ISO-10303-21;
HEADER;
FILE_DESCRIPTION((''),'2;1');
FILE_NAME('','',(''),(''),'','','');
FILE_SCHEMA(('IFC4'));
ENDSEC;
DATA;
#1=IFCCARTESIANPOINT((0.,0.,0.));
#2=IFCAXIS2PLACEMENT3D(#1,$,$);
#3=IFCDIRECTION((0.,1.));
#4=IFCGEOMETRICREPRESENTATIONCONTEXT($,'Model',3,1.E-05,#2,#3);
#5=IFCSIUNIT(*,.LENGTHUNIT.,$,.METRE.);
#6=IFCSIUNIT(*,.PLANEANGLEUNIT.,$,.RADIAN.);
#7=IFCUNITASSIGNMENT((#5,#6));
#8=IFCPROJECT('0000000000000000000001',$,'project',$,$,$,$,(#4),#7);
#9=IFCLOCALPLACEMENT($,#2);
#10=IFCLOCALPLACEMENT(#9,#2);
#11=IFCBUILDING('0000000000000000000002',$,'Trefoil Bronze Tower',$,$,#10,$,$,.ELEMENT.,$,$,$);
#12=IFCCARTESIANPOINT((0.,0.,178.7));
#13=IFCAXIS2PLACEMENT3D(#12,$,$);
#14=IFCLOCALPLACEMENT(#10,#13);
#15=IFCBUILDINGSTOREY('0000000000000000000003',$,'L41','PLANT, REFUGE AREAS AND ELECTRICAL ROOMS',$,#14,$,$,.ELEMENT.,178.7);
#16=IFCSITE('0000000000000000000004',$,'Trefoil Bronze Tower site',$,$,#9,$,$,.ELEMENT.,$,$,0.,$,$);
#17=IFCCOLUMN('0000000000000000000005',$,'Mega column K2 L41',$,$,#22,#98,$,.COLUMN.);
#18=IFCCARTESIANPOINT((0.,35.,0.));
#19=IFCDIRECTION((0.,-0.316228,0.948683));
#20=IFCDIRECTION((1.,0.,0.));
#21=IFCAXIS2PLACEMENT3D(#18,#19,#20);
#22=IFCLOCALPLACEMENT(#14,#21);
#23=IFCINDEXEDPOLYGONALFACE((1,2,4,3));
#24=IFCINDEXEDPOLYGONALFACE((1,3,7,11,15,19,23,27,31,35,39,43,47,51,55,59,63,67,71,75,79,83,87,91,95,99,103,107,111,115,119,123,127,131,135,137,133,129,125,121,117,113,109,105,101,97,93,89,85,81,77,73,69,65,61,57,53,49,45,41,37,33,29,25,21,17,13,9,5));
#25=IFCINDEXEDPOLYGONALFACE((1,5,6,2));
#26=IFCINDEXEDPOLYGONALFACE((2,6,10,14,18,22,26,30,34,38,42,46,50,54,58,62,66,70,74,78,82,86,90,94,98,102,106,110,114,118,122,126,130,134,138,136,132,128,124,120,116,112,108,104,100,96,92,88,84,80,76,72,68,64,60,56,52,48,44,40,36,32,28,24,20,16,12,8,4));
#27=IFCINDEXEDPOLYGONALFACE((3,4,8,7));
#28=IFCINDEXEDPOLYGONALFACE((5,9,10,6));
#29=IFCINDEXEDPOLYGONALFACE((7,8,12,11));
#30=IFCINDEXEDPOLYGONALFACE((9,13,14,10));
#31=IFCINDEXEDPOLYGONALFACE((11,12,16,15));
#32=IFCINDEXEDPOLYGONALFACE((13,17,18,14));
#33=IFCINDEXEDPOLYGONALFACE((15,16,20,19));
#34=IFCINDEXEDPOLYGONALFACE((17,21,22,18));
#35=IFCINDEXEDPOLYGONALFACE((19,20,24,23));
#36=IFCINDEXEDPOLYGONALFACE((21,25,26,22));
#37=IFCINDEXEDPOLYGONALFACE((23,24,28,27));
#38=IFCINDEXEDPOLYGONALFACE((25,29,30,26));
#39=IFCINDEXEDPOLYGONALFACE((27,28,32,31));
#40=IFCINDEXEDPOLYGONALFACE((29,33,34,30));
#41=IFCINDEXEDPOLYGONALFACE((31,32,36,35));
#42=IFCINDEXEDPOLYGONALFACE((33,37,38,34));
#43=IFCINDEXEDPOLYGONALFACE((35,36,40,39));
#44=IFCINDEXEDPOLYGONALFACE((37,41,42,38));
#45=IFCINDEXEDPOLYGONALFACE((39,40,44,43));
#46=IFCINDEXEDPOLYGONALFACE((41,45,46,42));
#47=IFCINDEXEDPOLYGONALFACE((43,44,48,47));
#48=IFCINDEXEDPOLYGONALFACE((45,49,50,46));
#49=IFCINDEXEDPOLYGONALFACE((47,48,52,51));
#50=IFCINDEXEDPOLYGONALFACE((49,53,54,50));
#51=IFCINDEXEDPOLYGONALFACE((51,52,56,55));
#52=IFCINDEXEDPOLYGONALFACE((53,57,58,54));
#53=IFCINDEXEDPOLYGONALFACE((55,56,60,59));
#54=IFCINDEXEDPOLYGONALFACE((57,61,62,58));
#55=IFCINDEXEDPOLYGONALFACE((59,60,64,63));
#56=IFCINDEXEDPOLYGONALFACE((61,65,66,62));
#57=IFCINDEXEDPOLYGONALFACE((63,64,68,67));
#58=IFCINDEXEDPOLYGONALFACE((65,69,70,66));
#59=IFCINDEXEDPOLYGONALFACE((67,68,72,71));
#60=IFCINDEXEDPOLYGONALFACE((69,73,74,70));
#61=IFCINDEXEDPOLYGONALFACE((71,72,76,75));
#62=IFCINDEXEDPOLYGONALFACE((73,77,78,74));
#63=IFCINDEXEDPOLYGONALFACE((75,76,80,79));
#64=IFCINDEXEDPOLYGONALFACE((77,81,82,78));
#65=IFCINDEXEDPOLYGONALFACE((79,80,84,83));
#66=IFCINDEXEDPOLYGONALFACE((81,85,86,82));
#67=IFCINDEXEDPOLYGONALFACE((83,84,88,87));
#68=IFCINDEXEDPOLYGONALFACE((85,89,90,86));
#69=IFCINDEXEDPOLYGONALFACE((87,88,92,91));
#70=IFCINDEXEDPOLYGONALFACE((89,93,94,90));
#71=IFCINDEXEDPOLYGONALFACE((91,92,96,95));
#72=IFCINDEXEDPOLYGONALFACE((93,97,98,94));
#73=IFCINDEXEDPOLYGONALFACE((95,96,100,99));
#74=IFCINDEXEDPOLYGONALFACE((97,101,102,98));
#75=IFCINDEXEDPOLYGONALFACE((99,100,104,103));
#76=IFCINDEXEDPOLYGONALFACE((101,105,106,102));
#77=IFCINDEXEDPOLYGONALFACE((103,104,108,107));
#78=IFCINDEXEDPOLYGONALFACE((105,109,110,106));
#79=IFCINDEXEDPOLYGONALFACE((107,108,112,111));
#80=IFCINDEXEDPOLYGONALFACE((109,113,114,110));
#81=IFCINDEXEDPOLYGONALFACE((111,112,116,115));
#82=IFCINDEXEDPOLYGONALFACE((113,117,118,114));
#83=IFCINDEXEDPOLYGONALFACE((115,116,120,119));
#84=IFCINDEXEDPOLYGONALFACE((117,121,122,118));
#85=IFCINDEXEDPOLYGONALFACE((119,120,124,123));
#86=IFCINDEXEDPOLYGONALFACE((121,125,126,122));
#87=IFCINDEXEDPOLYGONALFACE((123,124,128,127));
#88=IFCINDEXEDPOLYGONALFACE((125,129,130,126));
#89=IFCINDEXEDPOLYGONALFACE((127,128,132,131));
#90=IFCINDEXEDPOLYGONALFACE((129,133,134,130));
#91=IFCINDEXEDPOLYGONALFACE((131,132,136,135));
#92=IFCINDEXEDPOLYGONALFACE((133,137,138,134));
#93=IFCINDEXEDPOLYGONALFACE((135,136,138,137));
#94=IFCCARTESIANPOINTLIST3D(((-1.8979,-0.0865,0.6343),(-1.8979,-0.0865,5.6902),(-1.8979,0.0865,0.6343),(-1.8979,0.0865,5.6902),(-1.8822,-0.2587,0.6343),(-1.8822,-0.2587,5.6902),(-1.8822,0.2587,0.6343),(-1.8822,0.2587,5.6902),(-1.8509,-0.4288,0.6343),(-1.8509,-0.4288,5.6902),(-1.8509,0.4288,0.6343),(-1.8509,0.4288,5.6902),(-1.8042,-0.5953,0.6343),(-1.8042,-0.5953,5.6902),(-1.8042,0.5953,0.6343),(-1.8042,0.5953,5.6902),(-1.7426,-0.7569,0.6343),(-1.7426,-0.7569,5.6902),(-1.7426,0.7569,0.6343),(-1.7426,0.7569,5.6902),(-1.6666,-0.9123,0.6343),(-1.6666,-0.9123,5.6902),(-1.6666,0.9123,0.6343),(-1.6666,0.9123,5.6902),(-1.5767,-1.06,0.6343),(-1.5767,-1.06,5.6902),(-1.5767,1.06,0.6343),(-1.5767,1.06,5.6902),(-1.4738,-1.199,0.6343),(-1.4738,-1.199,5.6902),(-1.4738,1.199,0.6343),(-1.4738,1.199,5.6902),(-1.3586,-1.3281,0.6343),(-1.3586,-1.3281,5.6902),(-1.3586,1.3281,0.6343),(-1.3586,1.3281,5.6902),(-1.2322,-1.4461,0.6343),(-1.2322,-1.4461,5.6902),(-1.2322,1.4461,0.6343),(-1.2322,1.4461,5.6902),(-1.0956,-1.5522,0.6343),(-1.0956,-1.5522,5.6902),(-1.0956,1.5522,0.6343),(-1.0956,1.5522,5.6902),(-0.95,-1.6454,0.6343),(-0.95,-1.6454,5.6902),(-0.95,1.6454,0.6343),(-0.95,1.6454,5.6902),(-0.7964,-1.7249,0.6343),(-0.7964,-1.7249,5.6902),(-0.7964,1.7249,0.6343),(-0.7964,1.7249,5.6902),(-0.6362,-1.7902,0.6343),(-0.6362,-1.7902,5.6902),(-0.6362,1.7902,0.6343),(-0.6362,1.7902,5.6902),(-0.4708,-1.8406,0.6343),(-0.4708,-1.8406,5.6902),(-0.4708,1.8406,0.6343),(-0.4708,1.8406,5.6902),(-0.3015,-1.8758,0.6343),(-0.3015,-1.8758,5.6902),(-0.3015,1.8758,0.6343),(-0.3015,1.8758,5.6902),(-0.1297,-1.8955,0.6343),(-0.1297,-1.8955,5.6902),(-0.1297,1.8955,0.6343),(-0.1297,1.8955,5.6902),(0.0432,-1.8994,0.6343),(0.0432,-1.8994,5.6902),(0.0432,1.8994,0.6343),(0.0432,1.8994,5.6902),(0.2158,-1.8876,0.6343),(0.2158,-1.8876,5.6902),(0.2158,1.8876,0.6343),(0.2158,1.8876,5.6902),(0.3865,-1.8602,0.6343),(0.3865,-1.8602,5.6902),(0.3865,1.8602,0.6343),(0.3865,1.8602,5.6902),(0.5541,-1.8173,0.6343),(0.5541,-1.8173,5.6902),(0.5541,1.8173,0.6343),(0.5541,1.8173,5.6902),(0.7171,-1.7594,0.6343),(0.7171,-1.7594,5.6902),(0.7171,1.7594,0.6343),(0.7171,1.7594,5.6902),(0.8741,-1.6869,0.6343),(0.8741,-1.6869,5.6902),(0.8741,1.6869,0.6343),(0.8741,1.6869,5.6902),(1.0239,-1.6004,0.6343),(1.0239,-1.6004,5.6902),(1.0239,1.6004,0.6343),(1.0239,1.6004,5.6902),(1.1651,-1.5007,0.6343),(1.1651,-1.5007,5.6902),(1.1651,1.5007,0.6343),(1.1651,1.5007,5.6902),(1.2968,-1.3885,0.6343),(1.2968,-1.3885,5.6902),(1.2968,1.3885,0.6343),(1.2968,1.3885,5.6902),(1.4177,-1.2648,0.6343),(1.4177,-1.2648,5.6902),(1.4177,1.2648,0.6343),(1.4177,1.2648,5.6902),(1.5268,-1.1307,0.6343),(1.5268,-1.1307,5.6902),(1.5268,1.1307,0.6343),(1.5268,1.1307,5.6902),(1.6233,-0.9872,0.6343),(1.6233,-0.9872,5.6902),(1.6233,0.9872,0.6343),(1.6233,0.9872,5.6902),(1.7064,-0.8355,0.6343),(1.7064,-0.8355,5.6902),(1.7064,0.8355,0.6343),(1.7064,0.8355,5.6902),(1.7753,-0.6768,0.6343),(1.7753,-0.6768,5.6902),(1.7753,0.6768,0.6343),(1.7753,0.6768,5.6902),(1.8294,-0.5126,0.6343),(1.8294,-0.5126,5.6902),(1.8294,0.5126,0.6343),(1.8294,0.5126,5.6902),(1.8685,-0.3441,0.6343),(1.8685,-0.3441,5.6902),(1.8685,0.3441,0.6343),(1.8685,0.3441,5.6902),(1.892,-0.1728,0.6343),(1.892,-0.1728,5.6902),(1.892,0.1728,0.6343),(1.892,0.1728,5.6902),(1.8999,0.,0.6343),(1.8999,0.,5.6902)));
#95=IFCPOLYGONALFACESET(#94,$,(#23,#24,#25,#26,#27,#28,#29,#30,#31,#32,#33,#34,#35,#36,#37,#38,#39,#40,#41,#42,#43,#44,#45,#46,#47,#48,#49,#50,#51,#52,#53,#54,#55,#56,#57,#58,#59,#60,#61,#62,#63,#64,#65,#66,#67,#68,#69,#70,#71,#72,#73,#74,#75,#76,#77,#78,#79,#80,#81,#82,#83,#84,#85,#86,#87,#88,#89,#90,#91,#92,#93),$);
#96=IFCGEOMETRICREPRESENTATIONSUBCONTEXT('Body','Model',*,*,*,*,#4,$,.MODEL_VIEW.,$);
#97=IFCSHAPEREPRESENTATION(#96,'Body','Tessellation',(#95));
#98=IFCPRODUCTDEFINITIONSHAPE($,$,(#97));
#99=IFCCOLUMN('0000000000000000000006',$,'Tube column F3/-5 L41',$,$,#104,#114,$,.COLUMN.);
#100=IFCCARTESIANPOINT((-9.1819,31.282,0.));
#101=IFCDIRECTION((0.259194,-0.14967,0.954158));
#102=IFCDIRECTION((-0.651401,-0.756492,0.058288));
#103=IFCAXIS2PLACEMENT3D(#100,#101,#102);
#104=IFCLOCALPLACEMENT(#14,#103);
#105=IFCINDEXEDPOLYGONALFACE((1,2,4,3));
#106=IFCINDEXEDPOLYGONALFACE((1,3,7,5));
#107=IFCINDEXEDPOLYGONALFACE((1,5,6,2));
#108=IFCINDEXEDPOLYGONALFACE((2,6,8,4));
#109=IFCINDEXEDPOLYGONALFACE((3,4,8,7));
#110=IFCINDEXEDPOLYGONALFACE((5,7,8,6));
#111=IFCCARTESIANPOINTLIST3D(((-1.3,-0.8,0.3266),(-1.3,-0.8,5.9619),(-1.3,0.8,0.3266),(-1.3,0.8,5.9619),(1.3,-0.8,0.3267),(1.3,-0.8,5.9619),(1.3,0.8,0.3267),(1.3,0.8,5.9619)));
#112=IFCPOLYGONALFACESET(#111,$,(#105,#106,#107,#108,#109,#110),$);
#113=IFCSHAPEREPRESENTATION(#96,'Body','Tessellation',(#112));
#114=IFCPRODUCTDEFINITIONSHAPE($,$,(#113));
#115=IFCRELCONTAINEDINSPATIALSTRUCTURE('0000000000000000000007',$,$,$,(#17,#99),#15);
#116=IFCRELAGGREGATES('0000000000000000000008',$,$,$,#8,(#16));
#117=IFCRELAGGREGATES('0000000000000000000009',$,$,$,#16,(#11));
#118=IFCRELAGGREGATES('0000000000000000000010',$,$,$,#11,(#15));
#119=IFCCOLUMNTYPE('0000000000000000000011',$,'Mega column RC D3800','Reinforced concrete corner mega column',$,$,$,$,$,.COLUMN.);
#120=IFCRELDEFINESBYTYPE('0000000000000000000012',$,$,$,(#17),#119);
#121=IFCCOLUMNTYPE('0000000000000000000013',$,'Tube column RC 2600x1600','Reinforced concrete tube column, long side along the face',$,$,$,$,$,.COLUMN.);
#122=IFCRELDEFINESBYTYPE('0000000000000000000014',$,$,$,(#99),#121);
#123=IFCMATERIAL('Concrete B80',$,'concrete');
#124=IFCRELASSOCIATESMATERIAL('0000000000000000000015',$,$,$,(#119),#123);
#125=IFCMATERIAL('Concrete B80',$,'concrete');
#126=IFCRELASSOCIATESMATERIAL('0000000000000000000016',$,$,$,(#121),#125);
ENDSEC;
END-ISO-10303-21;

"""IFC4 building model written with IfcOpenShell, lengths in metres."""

from ifc_helpers import new_model, si_unit, direction, frame, origin, origin_2d, place, context, subcontext, project, spatial, rectangle, circle, extrude, clip, halfspace, material, material_profile, profile_set, type_object, element, save


model = new_model("IFC4")

# Units and contexts
model_context = context("Model", 3, precision=1e-05, world=origin(), true_north=direction((0.0, 1.0)))
body_context = subcontext(model_context, "Body", "Model", "MODEL_VIEW")
ifc_project = project(units=[si_unit("LENGTHUNIT", "METRE"), si_unit("PLANEANGLEUNIT", "RADIAN")], contexts=[model_context])

# Site, building, storey
site_placement = place(None, origin())
site = spatial("IfcSite", under=ifc_project, at=site_placement, Name="Trefoil Bronze Tower site", CompositionType="ELEMENT", RefElevation=0.0)
building_placement = place(site_placement, origin())
building = spatial("IfcBuilding", under=site, at=building_placement, Name="Trefoil Bronze Tower", CompositionType="ELEMENT")
storey_placement = place(building_placement, frame((0.0, 0.0, 178.7)))
storey = spatial("IfcBuildingStorey", under=building, at=storey_placement, Name="L41", Description="PLANT, REFUGE AREAS AND ELECTRICAL ROOMS", CompositionType="ELEMENT", Elevation=178.7)

# Columns
ifc_material_1 = material(Name="Concrete B80", Category="concrete")
ifc_material_profile_1 = material_profile(ifc_material_1, circle(Radius=1.8999, at=origin_2d()), Name="RC D3800")
ifc_profile_set_1 = profile_set([ifc_material_profile_1], Name="Concrete B80")
column_type_1 = type_object("IfcColumnType", Name="Mega column RC D3800", Description="Reinforced concrete corner mega column", PredefinedType="COLUMN", material=ifc_profile_set_1)
column_1_placement = place(storey_placement, frame((0.0, 35.0, 0.0), z_axis=(0.0, -0.316228, 0.948683), x_axis=(1.0, 0.0, 0.0)))
element("IfcColumn", 1, at=column_1_placement, inside=storey, type_object=column_type_1, Name="Mega column K2 L41", PredefinedType="COLUMN", context=body_context, shape_type="Clipping", body=[
    clip(clip(extrude(circle(Radius=1.8999, at=origin_2d()), origin(), (0.0, 0.0, 1.0), 6.3245), halfspace(frame((0.0, 0.0, 0.6343), z_axis=(0.0, 0.0, 1.0), x_axis=(0.0, 1.0, 0.0)), True)), halfspace(frame((0.0, 0.0, 5.6902), z_axis=(0.0, 0.0, -1.0), x_axis=(0.0, -1.0, 0.0)), True)),
])
ifc_material_2 = material(Name="Concrete B80", Category="concrete")
ifc_material_profile_2 = material_profile(ifc_material_2, rectangle(XDim=2.6001, YDim=1.6001, at=origin_2d()), Name="RC 2600x1600")
ifc_profile_set_2 = profile_set([ifc_material_profile_2], Name="Concrete B80")
column_type_2 = type_object("IfcColumnType", Name="Tube column RC 2600x1600", Description="Reinforced concrete tube column, long side along the face", PredefinedType="COLUMN", material=ifc_profile_set_2)
column_2_placement = place(storey_placement, frame((-9.1819, 31.282, 0.0), z_axis=(0.259194, -0.14967, 0.954158), x_axis=(-0.651401, -0.756492, 0.058288)))
element("IfcColumn", 2, at=column_2_placement, inside=storey, type_object=column_type_2, Name="Tube column F3/-5 L41", PredefinedType="COLUMN", context=body_context, shape_type="Clipping", body=[
    clip(clip(extrude(rectangle(XDim=2.6001, YDim=1.6001, at=origin_2d()), origin(), (0.0, 0.0, 1.0), 6.2883), halfspace(frame((0.0, 0.0, 0.3267), z_axis=(-0.000019, -0.000011, 1.0), x_axis=(0.0, 1.0, 0.000011)), True)), halfspace(frame((0.0, 0.0, 5.9619), z_axis=(0.000019, 0.000011, -1.0), x_axis=(0.0, -1.0, -0.000011)), True)),
])

save(model, "model.ifc")
